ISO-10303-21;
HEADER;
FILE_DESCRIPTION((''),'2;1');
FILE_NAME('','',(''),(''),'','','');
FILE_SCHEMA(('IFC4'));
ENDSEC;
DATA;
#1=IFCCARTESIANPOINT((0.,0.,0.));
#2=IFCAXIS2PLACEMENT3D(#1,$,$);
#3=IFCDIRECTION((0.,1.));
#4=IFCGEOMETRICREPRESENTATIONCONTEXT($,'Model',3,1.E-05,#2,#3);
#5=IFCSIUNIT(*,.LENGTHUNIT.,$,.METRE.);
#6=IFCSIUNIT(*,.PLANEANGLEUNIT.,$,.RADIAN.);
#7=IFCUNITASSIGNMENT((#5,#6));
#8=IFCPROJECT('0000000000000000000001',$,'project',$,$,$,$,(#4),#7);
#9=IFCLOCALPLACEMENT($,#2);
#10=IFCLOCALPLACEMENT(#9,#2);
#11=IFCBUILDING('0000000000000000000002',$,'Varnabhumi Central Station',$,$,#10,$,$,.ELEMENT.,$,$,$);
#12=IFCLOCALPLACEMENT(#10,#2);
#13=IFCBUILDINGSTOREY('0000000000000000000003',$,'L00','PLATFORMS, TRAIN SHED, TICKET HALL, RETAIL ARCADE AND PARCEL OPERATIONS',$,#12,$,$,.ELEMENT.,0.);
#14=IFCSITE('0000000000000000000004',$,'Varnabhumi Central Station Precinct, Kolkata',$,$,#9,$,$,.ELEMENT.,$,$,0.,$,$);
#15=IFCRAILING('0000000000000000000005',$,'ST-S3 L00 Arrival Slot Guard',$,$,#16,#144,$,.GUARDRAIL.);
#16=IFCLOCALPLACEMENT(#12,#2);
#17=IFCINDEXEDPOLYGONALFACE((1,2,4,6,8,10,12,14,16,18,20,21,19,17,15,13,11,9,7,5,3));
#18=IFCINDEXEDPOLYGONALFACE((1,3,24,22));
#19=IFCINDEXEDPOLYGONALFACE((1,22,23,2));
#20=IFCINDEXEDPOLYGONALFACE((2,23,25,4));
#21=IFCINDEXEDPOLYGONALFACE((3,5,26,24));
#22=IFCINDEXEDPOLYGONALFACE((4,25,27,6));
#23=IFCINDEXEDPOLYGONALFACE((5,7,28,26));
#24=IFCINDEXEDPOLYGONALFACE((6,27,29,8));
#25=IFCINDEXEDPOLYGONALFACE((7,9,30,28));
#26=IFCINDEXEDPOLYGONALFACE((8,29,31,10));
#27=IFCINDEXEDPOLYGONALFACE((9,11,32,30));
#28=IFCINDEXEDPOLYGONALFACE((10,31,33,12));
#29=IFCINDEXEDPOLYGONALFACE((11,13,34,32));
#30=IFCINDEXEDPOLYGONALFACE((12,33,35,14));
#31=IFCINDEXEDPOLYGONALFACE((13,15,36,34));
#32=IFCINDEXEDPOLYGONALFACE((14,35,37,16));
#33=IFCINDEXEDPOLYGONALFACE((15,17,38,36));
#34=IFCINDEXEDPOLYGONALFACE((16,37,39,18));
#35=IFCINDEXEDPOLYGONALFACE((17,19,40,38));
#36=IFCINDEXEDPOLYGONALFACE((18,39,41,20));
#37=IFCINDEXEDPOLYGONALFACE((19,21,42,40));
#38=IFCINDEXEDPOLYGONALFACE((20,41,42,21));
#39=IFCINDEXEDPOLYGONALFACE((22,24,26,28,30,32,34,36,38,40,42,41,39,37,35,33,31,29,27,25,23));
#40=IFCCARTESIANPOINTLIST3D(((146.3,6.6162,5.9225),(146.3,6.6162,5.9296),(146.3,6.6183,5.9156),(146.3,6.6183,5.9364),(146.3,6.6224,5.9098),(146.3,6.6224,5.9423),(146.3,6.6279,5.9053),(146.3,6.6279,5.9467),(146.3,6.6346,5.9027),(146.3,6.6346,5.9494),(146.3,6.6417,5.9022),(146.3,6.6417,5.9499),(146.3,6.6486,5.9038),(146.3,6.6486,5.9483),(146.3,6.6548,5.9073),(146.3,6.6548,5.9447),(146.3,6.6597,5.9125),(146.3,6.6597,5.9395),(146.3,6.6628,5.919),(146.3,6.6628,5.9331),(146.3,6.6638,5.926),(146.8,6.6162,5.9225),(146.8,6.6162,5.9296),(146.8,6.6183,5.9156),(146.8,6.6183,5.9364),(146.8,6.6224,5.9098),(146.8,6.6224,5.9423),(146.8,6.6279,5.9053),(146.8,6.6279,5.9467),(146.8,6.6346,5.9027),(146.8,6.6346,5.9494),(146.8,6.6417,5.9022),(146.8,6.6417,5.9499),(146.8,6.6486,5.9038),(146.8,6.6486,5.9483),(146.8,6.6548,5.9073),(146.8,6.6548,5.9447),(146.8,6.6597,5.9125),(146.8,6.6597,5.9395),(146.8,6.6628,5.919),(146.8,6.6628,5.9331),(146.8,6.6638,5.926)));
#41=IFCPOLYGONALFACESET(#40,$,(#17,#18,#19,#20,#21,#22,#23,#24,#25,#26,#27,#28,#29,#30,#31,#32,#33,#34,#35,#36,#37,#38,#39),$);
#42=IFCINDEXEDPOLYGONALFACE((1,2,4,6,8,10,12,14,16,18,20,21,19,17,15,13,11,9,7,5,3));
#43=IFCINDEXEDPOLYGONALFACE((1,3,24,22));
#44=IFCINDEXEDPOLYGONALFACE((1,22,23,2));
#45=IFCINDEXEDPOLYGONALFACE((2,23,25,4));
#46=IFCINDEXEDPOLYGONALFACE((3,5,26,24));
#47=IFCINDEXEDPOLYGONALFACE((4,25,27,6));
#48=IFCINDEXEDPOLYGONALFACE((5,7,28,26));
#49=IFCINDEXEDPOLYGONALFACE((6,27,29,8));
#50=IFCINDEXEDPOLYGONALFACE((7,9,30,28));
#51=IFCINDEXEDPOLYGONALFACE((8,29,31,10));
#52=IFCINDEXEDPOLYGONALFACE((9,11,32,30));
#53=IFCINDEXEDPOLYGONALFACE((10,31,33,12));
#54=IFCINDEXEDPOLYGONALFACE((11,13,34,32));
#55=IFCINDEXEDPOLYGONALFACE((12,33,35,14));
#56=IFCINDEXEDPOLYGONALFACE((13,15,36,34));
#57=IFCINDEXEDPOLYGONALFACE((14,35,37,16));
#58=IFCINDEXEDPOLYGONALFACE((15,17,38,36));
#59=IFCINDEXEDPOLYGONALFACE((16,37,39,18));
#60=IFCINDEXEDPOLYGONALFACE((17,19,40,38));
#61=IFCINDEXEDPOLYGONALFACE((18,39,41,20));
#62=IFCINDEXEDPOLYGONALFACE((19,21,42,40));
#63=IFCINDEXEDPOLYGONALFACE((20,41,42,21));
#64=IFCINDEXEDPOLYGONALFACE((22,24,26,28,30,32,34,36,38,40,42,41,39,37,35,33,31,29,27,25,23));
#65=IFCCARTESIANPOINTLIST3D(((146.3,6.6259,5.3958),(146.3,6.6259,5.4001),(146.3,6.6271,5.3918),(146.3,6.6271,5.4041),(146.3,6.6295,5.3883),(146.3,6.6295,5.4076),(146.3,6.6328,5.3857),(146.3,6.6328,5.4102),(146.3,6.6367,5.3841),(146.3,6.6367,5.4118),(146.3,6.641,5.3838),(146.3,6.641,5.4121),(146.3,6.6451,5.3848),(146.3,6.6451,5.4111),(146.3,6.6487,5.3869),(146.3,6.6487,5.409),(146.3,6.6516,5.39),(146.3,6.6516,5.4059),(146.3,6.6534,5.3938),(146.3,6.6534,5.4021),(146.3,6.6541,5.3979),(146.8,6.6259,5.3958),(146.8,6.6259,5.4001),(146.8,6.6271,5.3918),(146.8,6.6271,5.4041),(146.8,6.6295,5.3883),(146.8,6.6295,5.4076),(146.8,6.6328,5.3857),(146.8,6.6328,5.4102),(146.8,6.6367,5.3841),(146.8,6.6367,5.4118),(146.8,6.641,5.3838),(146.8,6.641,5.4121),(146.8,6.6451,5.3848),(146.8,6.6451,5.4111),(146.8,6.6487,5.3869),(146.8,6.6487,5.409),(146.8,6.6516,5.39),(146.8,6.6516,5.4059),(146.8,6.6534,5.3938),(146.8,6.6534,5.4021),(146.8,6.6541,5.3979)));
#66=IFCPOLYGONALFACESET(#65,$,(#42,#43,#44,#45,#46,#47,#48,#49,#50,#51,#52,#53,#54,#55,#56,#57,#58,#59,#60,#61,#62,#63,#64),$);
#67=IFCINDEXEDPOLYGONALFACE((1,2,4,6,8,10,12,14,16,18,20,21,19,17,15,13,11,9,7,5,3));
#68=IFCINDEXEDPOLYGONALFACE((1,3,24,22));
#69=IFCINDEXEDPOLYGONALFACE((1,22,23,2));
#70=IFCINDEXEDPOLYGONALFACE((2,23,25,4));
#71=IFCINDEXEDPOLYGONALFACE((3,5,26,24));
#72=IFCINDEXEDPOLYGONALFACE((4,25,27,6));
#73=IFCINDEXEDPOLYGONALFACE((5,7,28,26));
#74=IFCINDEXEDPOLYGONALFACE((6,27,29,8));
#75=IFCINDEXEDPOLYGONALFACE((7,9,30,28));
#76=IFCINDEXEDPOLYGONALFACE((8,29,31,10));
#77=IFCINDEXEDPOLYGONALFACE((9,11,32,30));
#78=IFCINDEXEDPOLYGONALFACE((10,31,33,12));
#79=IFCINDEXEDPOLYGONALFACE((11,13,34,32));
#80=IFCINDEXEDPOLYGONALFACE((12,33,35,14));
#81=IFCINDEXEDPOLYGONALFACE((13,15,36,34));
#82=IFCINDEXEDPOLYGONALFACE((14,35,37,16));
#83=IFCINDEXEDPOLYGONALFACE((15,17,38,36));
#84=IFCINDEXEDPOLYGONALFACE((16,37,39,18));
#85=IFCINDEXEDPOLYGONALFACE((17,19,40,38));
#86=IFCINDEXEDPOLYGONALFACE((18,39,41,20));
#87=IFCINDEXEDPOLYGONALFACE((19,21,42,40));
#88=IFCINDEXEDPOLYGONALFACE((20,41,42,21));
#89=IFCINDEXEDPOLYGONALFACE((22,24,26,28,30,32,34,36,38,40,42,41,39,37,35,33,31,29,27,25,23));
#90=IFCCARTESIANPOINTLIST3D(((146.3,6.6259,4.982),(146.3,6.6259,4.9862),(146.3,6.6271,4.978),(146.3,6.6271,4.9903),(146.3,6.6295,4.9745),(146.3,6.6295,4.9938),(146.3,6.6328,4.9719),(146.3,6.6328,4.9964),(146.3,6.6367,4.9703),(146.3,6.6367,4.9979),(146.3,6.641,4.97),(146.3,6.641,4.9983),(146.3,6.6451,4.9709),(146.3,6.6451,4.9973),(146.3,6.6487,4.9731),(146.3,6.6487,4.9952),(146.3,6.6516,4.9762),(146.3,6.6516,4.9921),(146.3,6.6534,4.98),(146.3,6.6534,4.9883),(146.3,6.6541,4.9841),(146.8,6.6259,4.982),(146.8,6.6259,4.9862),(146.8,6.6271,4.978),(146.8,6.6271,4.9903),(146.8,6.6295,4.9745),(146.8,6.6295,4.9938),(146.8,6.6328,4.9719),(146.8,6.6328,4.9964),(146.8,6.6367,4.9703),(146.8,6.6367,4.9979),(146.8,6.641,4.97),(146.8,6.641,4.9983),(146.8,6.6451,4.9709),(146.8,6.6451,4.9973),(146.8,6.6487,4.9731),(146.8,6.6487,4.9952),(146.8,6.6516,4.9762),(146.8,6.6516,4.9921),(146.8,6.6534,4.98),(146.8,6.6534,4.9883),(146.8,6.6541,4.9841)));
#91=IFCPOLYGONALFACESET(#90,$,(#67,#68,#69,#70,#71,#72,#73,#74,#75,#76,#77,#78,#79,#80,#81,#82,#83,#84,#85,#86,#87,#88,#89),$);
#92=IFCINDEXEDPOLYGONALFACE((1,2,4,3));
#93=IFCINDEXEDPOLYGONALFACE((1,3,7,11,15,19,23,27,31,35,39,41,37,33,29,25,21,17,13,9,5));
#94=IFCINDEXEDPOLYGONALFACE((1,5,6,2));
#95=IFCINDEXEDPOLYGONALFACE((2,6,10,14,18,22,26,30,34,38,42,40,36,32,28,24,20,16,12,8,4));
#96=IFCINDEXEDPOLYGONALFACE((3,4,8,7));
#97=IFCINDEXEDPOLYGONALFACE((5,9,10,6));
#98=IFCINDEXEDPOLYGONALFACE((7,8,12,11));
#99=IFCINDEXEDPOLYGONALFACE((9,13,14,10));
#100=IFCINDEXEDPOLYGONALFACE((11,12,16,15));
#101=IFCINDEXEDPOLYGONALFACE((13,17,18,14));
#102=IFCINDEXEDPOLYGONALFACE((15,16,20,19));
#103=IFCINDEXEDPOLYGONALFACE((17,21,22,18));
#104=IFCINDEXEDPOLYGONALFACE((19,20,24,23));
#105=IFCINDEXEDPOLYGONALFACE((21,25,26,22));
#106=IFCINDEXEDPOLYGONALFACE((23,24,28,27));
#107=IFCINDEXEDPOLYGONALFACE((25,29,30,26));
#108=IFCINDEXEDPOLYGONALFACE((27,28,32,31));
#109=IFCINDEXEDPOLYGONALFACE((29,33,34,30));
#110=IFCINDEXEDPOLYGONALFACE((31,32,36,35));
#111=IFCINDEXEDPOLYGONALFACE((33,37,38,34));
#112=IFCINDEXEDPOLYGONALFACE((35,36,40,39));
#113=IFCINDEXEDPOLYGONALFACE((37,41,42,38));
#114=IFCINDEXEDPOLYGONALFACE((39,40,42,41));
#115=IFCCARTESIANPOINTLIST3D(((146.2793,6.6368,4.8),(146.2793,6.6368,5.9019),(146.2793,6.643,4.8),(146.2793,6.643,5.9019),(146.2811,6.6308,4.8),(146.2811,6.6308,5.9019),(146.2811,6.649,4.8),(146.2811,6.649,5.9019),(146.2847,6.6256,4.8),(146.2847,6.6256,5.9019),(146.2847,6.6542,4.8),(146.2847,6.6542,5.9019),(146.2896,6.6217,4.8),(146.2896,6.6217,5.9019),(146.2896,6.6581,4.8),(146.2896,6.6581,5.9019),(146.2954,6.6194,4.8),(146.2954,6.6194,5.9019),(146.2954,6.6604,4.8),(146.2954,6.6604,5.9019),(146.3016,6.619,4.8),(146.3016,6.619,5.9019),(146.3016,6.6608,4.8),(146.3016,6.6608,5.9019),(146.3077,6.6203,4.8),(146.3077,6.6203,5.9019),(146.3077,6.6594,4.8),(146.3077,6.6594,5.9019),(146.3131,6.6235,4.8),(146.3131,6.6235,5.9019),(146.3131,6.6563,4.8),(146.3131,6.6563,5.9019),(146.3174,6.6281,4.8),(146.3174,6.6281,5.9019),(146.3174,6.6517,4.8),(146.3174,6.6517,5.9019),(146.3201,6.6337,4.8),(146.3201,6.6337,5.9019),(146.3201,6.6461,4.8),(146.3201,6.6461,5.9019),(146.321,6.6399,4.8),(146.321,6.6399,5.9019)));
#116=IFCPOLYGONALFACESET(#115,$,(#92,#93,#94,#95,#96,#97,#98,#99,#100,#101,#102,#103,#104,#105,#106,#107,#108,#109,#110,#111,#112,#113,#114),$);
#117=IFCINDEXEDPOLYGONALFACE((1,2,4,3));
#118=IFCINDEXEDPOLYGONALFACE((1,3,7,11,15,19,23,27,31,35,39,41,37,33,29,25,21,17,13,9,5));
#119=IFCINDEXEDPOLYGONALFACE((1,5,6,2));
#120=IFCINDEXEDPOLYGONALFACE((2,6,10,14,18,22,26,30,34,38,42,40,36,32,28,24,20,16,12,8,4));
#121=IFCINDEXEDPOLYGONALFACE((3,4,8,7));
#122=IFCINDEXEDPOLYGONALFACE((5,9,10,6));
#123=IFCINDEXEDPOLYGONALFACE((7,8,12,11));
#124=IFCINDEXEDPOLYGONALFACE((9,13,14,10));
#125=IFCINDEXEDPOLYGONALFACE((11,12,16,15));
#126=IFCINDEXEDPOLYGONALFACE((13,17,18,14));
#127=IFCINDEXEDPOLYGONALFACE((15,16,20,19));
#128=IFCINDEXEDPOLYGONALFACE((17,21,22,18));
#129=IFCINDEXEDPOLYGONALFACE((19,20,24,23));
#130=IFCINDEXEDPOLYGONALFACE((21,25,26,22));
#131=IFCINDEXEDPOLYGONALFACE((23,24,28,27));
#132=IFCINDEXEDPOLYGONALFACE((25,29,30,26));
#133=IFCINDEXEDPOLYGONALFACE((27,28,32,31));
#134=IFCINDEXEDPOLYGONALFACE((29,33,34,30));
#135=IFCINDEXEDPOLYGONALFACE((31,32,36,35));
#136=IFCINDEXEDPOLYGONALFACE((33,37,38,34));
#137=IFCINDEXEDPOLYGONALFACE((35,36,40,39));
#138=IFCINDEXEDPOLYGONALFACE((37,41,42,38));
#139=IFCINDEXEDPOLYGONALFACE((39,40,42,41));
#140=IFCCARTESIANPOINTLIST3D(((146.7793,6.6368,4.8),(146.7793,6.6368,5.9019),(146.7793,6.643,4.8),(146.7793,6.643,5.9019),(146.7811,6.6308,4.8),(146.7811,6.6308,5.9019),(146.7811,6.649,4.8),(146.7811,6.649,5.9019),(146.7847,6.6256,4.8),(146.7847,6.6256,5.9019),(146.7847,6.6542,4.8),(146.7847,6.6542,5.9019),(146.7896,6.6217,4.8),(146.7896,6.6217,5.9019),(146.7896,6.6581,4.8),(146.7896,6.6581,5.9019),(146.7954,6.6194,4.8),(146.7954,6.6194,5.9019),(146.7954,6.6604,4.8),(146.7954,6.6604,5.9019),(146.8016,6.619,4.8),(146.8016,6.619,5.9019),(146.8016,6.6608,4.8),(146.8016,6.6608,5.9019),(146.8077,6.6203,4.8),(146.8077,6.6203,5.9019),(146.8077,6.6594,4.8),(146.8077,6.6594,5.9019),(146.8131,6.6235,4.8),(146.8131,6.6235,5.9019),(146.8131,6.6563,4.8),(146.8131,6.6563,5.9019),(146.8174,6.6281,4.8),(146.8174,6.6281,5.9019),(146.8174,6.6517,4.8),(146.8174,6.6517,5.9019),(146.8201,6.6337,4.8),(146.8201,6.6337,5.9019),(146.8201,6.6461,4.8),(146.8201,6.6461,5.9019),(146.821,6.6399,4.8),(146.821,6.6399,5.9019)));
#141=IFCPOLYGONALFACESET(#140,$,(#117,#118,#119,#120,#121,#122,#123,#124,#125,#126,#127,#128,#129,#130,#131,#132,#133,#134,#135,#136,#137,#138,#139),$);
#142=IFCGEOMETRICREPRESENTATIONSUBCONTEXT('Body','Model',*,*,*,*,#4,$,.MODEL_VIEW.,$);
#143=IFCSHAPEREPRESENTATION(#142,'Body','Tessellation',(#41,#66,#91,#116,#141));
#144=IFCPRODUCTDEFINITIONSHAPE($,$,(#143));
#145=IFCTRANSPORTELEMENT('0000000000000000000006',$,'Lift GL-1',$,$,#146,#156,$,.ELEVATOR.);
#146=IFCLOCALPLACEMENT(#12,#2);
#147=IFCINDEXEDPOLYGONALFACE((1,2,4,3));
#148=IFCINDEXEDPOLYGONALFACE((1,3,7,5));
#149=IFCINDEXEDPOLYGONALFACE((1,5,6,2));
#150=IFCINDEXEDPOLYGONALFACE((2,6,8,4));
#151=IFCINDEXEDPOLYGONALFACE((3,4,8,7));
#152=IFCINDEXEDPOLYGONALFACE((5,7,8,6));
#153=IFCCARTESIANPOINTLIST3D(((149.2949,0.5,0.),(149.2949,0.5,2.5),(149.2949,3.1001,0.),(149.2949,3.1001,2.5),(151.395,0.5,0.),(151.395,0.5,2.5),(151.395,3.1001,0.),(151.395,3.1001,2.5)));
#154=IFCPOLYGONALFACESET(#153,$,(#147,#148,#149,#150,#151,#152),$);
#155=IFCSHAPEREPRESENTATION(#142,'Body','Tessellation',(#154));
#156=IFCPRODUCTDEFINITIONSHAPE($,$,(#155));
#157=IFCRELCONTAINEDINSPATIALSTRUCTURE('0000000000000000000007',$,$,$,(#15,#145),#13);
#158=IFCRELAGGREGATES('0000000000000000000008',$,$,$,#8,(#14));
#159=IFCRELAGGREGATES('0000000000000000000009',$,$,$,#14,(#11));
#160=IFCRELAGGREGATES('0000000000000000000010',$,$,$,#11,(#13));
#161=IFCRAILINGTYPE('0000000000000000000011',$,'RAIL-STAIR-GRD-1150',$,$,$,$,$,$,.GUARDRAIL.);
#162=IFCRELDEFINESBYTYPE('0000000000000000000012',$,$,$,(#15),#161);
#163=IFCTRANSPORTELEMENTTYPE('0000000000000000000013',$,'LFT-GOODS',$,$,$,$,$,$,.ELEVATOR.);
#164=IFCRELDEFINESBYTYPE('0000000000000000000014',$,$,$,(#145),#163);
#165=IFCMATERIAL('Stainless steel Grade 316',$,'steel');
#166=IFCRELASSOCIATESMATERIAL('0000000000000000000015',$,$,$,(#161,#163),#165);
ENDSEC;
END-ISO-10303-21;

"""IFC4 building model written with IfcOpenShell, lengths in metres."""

from ifc_helpers import new_model, si_unit, direction, frame, origin, origin_2d, place, context, subcontext, project, spatial, rectangle, circle, extrude, material, type_object, element, save


model = new_model("IFC4")

# Units and contexts
model_context = context("Model", 3, precision=1e-05, world=origin(), true_north=direction((0.0, 1.0)))
body_context = subcontext(model_context, "Body", "Model", "MODEL_VIEW")
ifc_project = project(units=[si_unit("LENGTHUNIT", "METRE"), si_unit("PLANEANGLEUNIT", "RADIAN")], contexts=[model_context])

# Site, building, storey
site_placement = place(None, origin())
site = spatial("IfcSite", under=ifc_project, at=site_placement, Name="Varnabhumi Central Station Precinct, Kolkata", CompositionType="ELEMENT", RefElevation=0.0)
building_placement = place(site_placement, origin())
building = spatial("IfcBuilding", under=site, at=building_placement, Name="Varnabhumi Central Station", CompositionType="ELEMENT")
storey_placement = place(building_placement, origin())
storey = spatial("IfcBuildingStorey", under=building, at=storey_placement, Name="L00", Description="PLATFORMS, TRAIN SHED, TICKET HALL, RETAIL ARCADE AND PARCEL OPERATIONS", CompositionType="ELEMENT", Elevation=0.0)

# Shared definitions
ifc_material_1 = material(Name="Stainless steel Grade 316", Category="steel")

# Railing
railing_type_1 = type_object("IfcRailingType", Name="RAIL-STAIR-GRD-1150", PredefinedType="GUARDRAIL", material=ifc_material_1)
for number, where, name in (
    (1, (146.3, 6.6399, 4.8), "ST-S3 L00 Arrival Slot Guard"),
):
    element("IfcRailing", number, at=place(storey_placement, frame(where)), inside=storey, type_object=railing_type_1, Name=name, PredefinedType="GUARDRAIL", context=body_context, shape_type="SweptSolid", body=[
        extrude(circle(Radius=0.0239, at=origin_2d()), frame((0.0, 0.0, 1.126), z_axis=(1.0, 0.0, 0.0), x_axis=(0.0, 1.0, 0.0)), (0.0, 0.0, 1.0), 0.5),
        extrude(circle(Radius=0.0142, at=origin_2d()), frame((0.0, 0.0, 0.5979), z_axis=(1.0, 0.0, 0.0), x_axis=(0.0, 1.0, 0.0)), (0.0, 0.0, 1.0), 0.5),
        extrude(circle(Radius=0.0142, at=origin_2d()), frame((0.0, 0.0, 0.1841), z_axis=(1.0, 0.0, 0.0), x_axis=(0.0, 1.0, 0.0)), (0.0, 0.0, 1.0), 0.5),
        extrude(circle(Radius=0.021, at=origin_2d()), origin(), (0.0, 0.0, 1.0), 1.1018),
        extrude(circle(Radius=0.021, at=origin_2d()), frame((0.5, 0.0, 0.0)), (0.0, 0.0, 1.0), 1.1018),
    ])

# Transport element
transport_element_type = type_object("IfcTransportElementType", Name="LFT-GOODS", PredefinedType="ELEVATOR", material=ifc_material_1)
transport_element_placement = place(storey_placement, frame((150.345, 1.8, 0.0), z_axis=(0.0, 0.0, 1.0), x_axis=(1.0, 0.0, 0.0)))
element("IfcTransportElement", 2, at=transport_element_placement, inside=storey, type_object=transport_element_type, Name="Lift GL-1", PredefinedType="ELEVATOR", context=body_context, shape_type="SweptSolid", body=[
    extrude(rectangle(XDim=2.1001, YDim=2.6001, at=origin_2d()), origin(), (0.0, 0.0, 1.0), 2.5),
])

save(model, "model.ifc")
